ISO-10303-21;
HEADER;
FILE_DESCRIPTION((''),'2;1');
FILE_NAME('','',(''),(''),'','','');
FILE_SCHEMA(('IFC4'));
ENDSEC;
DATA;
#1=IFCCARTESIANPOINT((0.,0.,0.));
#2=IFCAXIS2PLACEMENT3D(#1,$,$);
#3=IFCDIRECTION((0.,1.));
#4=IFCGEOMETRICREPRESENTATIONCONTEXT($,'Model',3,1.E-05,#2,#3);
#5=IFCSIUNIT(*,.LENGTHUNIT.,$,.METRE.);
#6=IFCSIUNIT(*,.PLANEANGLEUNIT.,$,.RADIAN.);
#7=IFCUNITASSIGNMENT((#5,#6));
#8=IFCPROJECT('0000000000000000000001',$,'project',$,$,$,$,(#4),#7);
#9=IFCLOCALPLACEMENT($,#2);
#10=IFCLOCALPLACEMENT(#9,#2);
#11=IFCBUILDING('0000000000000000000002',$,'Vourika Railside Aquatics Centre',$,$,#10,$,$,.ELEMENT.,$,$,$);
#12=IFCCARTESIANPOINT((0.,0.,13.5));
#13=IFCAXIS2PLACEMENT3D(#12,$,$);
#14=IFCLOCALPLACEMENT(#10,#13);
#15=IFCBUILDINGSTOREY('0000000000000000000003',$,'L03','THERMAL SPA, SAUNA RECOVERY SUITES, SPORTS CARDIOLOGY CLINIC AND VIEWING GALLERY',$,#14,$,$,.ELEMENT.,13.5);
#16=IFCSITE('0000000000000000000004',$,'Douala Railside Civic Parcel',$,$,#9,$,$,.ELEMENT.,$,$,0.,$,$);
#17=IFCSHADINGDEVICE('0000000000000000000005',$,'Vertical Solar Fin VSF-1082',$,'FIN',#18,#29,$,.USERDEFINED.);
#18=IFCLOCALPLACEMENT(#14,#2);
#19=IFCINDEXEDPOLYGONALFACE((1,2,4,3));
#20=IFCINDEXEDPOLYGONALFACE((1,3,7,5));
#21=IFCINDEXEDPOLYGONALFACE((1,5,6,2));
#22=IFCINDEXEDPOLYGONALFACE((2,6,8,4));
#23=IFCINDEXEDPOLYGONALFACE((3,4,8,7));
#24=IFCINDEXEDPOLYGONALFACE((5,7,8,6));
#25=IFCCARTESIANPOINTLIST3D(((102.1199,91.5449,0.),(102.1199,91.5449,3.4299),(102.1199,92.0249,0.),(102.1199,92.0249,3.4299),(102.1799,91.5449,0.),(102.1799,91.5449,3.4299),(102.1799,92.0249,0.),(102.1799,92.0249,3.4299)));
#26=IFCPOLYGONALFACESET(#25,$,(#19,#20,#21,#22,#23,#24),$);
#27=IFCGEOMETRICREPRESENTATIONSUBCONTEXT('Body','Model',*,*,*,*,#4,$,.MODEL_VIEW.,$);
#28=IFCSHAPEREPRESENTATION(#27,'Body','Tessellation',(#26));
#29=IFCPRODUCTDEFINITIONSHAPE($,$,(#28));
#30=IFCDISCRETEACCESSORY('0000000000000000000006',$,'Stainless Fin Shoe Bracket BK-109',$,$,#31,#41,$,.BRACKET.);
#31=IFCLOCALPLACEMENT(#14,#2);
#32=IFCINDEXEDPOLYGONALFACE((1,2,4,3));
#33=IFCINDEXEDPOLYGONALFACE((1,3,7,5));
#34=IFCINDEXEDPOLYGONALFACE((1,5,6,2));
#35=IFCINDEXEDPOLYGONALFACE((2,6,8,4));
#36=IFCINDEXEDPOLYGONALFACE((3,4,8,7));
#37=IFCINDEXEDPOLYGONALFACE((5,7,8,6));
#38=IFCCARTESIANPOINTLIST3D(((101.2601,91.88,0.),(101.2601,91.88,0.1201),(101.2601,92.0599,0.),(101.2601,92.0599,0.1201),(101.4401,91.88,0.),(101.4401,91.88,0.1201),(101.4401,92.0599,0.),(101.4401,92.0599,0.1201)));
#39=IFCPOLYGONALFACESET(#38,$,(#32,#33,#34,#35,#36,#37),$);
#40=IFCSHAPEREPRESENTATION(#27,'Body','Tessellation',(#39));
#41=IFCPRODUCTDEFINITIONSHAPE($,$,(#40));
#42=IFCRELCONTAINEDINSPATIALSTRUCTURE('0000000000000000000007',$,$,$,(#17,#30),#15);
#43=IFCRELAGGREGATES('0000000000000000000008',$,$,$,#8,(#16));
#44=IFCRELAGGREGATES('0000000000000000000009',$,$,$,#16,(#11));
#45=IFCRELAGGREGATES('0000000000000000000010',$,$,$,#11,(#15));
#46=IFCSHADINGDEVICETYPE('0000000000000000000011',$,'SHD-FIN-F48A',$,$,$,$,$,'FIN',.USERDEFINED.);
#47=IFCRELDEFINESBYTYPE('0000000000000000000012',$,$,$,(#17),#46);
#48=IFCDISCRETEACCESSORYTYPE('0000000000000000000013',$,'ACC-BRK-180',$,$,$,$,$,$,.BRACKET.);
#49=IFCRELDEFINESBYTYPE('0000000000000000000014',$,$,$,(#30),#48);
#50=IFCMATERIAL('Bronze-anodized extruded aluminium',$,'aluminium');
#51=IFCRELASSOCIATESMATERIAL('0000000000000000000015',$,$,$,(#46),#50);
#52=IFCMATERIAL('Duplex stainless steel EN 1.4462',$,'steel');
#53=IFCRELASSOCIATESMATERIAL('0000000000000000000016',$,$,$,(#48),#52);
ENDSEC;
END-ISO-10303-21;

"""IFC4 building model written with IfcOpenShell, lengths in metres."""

from ifc_helpers import new_model, si_unit, direction, frame, origin, origin_2d, place, context, subcontext, project, spatial, rectangle, extrude, material, material_profile, profile_set, type_object, element, save


model = new_model("IFC4")

# Units and contexts
model_context = context("Model", 3, precision=1e-05, world=origin(), true_north=direction((0.0, 1.0)))
body_context = subcontext(model_context, "Body", "Model", "MODEL_VIEW")
ifc_project = project(units=[si_unit("LENGTHUNIT", "METRE"), si_unit("PLANEANGLEUNIT", "RADIAN")], contexts=[model_context])

# Site, building, storey
site_placement = place(None, origin())
site = spatial("IfcSite", under=ifc_project, at=site_placement, Name="Douala Railside Civic Parcel", CompositionType="ELEMENT", RefElevation=0.0)
building_placement = place(site_placement, origin())
building = spatial("IfcBuilding", under=site, at=building_placement, Name="Vourika Railside Aquatics Centre", CompositionType="ELEMENT")
storey_placement = place(building_placement, frame((0.0, 0.0, 13.5)))
storey = spatial("IfcBuildingStorey", under=building, at=storey_placement, Name="L03", Description="THERMAL SPA, SAUNA RECOVERY SUITES, SPORTS CARDIOLOGY CLINIC AND VIEWING GALLERY", CompositionType="ELEMENT", Elevation=13.5)

# Shading device
ifc_material_1 = material(Name="Bronze-anodized extruded aluminium", Category="aluminium")
ifc_material_profile_1 = material_profile(ifc_material_1, rectangle(XDim=0.0601, YDim=0.48, at=origin_2d()), Name="ALU-FIN 60x480")
ifc_profile_set_1 = profile_set([ifc_material_profile_1], Name="Bronze-anodized extruded aluminium")
shading_device_type = type_object("IfcShadingDeviceType", Name="SHD-FIN-F48A", ElementType="FIN", PredefinedType="USERDEFINED", material=ifc_profile_set_1)
for number, where, z_axis, x_axis, name in (
    (1, (102.1499, 91.7849, 0.0), (0.0, 0.0, 1.0), (-1.0, 0.0, 0.0), "Vertical Solar Fin VSF-1082"),
):
    element("IfcShadingDevice", number, at=place(storey_placement, frame(where, z_axis=z_axis, x_axis=x_axis)), inside=storey, type_object=shading_device_type, Name=name, ObjectType="FIN", PredefinedType="USERDEFINED", context=body_context, shape_type="SweptSolid", body=[
        extrude(rectangle(XDim=0.0601, YDim=0.48, at=origin_2d()), origin(), (0.0, 0.0, 1.0), 3.4299),
    ])

# Discrete accessory
ifc_material_2 = material(Name="Duplex stainless steel EN 1.4462", Category="steel")
discrete_accessory_type = type_object("IfcDiscreteAccessoryType", Name="ACC-BRK-180", PredefinedType="BRACKET", material=ifc_material_2)
discrete_accessory_placement = place(storey_placement, frame((101.3501, 91.97, 0.0), z_axis=(0.0, 0.0, 1.0), x_axis=(0.0, -1.0, 0.0)))
element("IfcDiscreteAccessory", 2, at=discrete_accessory_placement, inside=storey, type_object=discrete_accessory_type, Name="Stainless Fin Shoe Bracket BK-109", PredefinedType="BRACKET", context=body_context, shape_type="SweptSolid", body=[
    extrude(rectangle(XDim=0.1799, YDim=0.1799, at=origin_2d()), origin(), (0.0, 0.0, 1.0), 0.1201),
])

save(model, "model.ifc")
